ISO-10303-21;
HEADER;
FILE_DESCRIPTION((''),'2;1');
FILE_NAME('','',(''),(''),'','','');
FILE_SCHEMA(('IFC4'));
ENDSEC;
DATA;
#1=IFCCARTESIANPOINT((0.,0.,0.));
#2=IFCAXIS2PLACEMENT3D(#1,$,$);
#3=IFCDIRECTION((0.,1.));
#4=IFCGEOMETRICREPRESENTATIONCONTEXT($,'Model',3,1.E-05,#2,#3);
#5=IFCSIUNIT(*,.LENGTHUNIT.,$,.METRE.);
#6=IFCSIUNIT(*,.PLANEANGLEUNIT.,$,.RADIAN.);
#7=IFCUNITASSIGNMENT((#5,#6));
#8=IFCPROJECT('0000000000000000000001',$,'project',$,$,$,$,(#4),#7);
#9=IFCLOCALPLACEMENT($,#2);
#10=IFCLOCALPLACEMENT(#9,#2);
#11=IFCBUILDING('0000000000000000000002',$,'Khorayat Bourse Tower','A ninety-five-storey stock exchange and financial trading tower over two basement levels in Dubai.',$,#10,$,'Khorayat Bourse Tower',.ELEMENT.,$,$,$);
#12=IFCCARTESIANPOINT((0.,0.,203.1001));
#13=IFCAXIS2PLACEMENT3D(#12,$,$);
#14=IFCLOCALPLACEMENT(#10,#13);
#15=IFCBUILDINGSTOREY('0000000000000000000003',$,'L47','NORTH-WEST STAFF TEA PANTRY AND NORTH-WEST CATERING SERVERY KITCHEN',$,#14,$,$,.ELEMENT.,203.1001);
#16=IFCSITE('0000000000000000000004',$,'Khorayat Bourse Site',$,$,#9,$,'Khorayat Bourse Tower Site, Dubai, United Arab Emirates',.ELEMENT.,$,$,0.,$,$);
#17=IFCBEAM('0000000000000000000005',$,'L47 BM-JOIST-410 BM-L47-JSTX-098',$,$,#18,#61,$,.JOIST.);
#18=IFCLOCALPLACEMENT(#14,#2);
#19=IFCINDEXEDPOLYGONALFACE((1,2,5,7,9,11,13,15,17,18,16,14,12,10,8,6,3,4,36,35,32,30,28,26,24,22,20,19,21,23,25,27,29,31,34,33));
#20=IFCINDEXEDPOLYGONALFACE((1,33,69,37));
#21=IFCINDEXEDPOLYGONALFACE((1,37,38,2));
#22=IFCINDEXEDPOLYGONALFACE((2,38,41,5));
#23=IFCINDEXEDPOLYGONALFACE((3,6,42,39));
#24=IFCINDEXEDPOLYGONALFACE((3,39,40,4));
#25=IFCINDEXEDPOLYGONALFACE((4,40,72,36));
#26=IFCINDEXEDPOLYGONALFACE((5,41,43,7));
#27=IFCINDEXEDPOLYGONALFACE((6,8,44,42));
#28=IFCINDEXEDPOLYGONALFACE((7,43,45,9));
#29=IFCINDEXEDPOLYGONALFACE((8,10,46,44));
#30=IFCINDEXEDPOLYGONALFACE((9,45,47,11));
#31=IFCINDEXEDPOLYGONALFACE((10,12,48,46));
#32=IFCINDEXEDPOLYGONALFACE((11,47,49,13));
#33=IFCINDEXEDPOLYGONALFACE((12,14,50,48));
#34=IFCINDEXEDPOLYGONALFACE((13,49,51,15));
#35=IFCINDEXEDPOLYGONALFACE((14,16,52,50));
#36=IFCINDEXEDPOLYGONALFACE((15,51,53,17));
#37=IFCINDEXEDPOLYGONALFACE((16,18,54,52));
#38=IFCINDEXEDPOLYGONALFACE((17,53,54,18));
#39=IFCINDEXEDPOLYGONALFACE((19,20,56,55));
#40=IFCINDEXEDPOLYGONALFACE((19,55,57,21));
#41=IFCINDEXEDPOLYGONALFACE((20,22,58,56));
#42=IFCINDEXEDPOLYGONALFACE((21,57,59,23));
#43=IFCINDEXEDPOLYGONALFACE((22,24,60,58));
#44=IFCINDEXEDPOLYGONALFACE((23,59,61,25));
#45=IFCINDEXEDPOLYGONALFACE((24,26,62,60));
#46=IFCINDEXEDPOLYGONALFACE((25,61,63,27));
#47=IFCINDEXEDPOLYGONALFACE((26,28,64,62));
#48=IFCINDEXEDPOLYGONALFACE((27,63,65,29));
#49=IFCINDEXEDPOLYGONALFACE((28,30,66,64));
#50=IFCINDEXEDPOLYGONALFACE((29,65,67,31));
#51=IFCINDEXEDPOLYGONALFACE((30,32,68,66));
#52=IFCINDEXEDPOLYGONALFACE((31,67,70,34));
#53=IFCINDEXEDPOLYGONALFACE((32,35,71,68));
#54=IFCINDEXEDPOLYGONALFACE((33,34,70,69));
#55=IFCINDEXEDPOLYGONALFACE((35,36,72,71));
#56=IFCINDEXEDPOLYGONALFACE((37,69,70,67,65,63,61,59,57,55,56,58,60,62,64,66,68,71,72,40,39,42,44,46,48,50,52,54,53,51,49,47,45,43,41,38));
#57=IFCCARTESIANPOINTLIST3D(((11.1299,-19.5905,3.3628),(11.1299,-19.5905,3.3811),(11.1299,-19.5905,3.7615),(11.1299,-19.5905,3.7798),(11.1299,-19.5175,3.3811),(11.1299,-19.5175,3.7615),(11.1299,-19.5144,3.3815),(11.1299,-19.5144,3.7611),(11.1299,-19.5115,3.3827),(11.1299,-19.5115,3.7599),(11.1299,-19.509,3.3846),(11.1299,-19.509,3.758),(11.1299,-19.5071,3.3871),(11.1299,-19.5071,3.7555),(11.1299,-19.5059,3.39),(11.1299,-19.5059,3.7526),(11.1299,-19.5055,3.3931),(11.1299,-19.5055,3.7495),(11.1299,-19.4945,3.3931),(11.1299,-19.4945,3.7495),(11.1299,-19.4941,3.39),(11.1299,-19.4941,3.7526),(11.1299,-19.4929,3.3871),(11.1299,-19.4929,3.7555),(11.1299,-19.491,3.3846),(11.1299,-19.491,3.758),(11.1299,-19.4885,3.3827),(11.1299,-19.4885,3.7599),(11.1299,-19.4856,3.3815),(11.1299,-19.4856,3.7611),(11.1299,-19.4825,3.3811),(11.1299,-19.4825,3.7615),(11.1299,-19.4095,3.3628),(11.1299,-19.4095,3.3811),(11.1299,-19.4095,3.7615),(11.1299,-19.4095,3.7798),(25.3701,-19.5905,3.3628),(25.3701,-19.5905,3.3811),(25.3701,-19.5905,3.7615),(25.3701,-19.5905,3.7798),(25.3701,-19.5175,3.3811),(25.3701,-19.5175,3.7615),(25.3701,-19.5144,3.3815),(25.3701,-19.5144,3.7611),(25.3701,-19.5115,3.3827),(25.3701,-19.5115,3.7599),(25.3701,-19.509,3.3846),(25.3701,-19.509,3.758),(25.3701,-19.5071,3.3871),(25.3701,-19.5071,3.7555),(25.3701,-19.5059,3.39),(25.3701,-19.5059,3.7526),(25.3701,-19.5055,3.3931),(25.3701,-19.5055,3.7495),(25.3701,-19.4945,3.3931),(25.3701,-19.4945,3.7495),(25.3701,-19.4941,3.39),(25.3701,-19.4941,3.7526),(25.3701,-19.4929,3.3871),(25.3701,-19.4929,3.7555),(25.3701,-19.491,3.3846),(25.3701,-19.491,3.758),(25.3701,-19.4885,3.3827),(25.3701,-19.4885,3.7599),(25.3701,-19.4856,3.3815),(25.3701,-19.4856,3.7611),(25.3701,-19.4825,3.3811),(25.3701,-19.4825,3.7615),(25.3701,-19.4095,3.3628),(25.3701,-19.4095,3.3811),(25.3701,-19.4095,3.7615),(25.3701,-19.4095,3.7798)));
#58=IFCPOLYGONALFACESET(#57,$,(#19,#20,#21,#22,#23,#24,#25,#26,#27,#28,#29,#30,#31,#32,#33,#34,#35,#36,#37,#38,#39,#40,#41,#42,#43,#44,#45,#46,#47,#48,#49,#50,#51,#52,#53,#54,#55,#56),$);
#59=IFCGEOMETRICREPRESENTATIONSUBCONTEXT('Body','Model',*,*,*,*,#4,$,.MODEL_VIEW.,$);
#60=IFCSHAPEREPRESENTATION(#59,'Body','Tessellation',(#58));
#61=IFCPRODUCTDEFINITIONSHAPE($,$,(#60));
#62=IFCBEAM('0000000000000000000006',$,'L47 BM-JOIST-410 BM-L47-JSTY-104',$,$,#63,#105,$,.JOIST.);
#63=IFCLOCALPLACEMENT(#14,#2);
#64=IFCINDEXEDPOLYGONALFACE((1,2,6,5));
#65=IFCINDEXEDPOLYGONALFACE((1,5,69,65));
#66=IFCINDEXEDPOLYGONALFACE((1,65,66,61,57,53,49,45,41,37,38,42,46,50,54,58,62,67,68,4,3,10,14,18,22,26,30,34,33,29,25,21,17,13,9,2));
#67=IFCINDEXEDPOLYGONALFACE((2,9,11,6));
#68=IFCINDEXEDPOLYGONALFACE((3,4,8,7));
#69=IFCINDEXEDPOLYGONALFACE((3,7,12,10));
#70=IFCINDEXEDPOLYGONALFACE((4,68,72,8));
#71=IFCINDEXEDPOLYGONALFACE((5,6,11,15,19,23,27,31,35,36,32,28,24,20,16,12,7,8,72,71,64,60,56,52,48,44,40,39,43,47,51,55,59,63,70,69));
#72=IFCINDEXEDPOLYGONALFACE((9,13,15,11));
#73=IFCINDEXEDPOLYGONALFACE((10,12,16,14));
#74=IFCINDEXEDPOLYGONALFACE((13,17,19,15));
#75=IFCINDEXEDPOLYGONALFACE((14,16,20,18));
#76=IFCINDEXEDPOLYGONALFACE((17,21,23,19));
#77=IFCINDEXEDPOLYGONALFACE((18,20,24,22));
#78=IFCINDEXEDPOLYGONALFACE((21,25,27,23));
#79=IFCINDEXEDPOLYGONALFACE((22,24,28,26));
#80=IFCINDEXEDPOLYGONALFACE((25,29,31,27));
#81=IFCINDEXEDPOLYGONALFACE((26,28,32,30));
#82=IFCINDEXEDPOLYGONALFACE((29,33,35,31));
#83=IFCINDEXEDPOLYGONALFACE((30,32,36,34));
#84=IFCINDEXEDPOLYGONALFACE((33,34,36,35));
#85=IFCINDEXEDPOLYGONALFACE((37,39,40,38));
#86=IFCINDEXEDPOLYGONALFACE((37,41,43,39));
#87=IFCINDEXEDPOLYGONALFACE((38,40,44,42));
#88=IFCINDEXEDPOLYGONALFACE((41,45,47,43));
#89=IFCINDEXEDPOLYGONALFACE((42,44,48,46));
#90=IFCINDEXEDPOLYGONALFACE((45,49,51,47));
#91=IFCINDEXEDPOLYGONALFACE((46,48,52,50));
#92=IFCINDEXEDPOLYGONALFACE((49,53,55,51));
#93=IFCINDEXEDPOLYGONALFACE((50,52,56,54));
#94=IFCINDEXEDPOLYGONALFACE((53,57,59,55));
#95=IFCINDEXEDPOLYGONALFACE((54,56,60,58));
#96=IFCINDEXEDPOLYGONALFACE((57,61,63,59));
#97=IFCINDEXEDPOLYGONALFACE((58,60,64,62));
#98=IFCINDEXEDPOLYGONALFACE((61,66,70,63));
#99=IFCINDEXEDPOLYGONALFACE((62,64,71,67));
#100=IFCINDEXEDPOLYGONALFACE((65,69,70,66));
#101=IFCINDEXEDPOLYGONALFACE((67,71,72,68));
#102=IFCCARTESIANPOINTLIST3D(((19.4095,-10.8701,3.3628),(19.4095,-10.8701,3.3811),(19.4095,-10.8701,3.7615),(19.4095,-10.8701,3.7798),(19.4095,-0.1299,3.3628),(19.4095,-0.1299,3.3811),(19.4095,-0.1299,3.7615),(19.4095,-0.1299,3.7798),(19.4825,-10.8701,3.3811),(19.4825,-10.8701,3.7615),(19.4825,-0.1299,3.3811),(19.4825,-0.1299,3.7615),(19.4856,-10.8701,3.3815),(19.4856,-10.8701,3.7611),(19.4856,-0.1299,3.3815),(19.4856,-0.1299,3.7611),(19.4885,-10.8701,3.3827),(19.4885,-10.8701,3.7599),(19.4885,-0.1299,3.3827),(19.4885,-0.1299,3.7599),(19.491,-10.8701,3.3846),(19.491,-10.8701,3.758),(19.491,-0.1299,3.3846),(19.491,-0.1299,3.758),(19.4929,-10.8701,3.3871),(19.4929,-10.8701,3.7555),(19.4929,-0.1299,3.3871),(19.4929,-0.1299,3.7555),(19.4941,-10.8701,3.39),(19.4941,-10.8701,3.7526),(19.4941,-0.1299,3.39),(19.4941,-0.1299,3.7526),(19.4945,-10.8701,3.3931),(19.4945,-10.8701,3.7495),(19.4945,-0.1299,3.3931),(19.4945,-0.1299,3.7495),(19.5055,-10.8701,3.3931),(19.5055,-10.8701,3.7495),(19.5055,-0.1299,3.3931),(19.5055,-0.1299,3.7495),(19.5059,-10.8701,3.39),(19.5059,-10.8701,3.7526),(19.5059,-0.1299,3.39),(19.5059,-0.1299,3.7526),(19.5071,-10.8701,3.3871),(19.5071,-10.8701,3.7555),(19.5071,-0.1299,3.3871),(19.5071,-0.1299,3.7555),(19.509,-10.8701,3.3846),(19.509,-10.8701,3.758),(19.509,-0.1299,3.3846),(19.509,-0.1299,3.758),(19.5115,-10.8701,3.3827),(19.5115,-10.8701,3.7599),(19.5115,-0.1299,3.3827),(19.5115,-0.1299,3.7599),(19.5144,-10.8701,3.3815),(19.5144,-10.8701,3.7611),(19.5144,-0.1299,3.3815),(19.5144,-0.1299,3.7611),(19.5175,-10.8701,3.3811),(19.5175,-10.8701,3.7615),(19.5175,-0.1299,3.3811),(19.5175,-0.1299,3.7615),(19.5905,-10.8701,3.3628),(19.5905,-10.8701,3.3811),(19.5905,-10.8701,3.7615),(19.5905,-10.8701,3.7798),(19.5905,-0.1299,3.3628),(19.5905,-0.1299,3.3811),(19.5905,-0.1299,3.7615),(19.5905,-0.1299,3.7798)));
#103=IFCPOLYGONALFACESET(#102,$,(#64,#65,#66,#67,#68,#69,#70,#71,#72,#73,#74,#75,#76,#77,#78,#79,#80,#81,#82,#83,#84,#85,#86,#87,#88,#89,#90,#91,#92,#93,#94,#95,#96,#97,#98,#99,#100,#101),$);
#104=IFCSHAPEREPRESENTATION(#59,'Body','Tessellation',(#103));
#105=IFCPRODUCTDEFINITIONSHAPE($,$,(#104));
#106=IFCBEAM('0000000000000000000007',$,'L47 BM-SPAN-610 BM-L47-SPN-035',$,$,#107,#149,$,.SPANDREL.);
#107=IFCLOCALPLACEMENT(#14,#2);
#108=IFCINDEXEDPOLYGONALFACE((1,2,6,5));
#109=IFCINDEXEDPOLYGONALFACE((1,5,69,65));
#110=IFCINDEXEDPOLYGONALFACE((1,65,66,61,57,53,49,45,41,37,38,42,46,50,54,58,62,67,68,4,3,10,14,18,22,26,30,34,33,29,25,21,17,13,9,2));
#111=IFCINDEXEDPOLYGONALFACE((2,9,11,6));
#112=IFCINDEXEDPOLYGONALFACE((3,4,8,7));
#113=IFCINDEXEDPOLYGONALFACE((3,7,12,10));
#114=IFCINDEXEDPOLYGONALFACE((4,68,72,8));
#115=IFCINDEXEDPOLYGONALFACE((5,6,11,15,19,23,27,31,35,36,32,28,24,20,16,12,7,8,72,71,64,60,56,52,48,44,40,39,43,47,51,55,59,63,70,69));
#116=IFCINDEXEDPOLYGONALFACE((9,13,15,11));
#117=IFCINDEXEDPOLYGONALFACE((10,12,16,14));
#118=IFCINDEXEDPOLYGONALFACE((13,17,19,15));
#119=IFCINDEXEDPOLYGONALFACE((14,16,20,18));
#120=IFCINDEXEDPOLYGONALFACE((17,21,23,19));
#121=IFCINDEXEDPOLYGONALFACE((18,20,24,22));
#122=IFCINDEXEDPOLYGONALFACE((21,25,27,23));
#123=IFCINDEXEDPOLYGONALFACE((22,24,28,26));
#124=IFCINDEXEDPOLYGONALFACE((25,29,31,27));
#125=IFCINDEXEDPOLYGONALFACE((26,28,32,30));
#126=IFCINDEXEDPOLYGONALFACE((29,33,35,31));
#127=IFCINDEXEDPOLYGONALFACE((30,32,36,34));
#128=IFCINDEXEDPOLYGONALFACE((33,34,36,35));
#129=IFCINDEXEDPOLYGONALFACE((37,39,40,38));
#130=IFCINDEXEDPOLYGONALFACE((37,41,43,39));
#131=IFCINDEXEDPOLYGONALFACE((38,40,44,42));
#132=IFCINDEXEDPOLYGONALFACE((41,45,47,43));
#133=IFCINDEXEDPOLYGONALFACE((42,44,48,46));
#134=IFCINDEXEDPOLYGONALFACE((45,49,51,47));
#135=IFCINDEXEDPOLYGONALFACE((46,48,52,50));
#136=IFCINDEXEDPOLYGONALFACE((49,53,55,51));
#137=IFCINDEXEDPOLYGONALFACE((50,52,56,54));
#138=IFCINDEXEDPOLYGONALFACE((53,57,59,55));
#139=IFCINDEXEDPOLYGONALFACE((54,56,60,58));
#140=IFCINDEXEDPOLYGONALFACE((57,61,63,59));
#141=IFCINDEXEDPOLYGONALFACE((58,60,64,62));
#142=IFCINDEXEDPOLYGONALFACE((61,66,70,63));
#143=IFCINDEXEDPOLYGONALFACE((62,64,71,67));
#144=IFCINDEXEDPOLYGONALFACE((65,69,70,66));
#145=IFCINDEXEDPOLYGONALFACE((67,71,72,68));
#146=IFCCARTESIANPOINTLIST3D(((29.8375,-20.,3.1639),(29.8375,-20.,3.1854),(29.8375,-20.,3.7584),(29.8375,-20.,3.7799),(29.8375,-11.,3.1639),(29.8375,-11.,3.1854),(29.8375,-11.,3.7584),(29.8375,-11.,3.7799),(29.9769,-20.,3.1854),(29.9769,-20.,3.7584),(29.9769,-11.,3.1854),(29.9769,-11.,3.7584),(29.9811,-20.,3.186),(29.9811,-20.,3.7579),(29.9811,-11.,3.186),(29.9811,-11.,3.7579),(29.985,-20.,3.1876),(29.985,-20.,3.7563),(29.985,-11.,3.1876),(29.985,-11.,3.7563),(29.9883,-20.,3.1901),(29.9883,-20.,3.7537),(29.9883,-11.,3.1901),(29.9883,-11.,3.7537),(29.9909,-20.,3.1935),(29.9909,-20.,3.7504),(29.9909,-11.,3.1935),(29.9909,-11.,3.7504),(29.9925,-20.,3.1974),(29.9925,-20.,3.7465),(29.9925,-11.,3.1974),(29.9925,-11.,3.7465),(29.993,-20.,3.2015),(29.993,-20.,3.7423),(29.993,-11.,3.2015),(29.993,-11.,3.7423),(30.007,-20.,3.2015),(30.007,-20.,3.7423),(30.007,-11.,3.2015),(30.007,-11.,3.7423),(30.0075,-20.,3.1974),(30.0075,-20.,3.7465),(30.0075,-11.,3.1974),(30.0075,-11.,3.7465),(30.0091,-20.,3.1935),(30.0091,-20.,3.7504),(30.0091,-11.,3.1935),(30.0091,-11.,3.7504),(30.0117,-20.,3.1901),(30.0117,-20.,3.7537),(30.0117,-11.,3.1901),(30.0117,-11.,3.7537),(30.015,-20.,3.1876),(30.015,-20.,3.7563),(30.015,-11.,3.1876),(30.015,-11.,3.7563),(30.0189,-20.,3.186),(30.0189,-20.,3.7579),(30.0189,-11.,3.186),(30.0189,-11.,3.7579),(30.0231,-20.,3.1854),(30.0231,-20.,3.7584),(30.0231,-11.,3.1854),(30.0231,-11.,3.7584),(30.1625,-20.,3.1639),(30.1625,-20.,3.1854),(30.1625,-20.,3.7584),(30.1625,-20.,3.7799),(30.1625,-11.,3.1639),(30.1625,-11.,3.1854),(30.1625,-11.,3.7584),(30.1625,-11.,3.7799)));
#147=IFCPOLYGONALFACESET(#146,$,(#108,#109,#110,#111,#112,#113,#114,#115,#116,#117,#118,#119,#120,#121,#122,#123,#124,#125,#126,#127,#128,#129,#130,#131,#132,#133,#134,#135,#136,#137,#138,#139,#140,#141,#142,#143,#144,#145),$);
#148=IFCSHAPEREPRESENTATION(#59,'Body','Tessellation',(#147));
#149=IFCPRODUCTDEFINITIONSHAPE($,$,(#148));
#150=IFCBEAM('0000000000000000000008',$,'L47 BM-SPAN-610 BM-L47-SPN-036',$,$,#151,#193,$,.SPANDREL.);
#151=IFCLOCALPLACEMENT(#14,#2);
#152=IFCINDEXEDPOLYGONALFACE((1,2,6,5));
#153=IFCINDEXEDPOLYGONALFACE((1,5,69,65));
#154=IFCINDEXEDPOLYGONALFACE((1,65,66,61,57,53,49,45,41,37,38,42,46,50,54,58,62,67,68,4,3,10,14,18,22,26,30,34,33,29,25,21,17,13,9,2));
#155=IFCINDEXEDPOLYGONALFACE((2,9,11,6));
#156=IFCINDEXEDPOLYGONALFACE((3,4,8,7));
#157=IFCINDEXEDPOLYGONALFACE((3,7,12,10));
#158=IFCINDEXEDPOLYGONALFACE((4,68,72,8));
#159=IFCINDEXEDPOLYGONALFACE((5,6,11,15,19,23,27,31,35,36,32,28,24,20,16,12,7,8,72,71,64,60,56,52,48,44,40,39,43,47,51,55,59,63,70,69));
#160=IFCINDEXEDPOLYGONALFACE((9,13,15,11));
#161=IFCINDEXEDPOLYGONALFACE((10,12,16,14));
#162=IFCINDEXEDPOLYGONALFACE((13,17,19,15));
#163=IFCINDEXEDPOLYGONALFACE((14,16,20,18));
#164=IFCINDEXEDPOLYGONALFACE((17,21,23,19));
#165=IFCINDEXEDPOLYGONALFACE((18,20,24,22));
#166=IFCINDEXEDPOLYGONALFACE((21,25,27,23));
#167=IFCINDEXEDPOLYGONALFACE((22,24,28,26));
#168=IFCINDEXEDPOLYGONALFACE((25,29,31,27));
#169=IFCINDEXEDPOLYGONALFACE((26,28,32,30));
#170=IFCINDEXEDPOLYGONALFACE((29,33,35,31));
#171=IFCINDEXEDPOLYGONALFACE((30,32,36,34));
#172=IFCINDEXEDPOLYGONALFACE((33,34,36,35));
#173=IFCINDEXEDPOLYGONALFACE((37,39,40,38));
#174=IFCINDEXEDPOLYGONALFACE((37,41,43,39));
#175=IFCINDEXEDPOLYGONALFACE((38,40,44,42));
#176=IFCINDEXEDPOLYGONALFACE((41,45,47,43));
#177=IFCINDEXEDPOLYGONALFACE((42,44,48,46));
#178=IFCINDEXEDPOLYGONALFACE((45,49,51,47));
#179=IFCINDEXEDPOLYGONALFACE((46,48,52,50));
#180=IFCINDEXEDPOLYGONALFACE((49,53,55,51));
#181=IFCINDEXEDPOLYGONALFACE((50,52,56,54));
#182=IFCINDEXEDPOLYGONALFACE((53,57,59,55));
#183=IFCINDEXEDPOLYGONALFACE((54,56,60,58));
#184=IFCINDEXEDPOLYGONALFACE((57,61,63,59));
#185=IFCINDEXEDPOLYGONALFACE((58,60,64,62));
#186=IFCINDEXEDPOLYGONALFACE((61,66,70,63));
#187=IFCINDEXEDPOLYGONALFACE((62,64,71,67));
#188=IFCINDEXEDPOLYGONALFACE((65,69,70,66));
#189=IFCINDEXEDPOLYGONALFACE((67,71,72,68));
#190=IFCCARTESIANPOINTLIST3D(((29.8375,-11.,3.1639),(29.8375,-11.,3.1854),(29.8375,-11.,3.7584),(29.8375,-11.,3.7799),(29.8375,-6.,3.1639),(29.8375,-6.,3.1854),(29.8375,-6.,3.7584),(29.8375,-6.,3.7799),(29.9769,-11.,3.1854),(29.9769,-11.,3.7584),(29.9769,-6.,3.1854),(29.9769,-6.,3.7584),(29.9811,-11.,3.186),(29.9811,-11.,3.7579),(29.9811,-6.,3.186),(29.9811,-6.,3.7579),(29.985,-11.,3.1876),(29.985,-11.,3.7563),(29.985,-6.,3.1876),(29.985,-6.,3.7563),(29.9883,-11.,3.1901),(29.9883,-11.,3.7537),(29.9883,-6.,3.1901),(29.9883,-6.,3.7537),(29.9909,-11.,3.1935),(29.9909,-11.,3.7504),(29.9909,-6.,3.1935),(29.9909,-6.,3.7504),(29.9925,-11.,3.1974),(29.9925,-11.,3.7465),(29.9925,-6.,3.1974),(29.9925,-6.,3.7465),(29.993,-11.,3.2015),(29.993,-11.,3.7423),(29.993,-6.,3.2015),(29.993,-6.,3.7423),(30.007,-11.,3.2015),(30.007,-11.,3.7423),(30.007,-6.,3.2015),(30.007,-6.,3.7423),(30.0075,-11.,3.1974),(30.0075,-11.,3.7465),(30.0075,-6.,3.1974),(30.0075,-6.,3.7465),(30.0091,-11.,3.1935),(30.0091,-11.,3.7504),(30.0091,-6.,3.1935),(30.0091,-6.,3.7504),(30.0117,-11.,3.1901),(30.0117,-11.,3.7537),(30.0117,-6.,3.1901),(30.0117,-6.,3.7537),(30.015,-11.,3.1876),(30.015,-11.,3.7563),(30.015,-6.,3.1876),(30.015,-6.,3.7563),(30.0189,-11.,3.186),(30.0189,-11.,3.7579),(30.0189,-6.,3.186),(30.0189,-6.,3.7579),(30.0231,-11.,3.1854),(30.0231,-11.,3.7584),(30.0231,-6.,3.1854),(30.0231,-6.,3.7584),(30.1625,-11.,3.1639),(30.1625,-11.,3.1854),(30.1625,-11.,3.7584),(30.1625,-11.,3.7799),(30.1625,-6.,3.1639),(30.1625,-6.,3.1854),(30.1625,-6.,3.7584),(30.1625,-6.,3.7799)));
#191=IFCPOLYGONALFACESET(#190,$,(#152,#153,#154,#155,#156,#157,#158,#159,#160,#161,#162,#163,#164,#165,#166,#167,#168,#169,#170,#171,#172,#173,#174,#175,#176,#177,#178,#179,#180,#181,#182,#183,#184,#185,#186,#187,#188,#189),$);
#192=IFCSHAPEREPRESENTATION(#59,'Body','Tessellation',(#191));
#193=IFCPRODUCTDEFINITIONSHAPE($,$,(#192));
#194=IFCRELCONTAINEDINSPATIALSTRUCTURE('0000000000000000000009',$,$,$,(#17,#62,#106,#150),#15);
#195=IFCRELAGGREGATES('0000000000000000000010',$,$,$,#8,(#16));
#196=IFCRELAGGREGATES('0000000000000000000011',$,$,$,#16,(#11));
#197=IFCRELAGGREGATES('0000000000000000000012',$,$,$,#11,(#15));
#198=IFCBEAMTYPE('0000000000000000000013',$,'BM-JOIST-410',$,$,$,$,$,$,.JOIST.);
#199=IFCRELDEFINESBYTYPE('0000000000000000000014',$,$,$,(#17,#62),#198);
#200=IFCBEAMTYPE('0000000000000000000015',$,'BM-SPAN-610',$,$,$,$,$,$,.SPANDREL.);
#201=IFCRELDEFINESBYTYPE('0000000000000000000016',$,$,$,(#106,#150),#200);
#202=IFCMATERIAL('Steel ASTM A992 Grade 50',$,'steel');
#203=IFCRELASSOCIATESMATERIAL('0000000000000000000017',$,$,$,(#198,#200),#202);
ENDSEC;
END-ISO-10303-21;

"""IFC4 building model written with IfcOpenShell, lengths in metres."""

from ifc_helpers import new_model, si_unit, direction, frame, origin, origin_2d, place, context, subcontext, project, spatial, i_section, extrude, source, transform, mapped, material, material_profile, profile_set, type_object, element, save


model = new_model("IFC4")

# Units and contexts
model_context = context("Model", 3, precision=1e-05, world=origin(), true_north=direction((0.0, 1.0)))
body_context = subcontext(model_context, "Body", "Model", "MODEL_VIEW")
ifc_project = project(units=[si_unit("LENGTHUNIT", "METRE"), si_unit("PLANEANGLEUNIT", "RADIAN")], contexts=[model_context])

# Site, building, storey
site_placement = place(None, origin())
site = spatial("IfcSite", under=ifc_project, at=site_placement, Name="Khorayat Bourse Site", LongName="Khorayat Bourse Tower Site, Dubai, United Arab Emirates", CompositionType="ELEMENT", RefElevation=0.0)
building_placement = place(site_placement, origin())
building = spatial("IfcBuilding", under=site, at=building_placement, Name="Khorayat Bourse Tower", Description="A ninety-five-storey stock exchange and financial trading tower over two basement levels in Dubai.", LongName="Khorayat Bourse Tower", CompositionType="ELEMENT")
storey_placement = place(building_placement, frame((0.0, 0.0, 203.1001)))
storey = spatial("IfcBuildingStorey", under=building, at=storey_placement, Name="L47", Description="NORTH-WEST STAFF TEA PANTRY AND NORTH-WEST CATERING SERVERY KITCHEN", CompositionType="ELEMENT", Elevation=203.1001)

# Beams
ifc_material_1 = material(Name="Steel ASTM A992 Grade 50", Category="steel")
ifc_material_profile_1 = material_profile(ifc_material_1, i_section(OverallWidth=0.1809, OverallDepth=0.417, WebThickness=0.011, FlangeThickness=0.0183, FilletRadius=0.012, at=origin_2d()), Name="W410X85")
ifc_profile_set_1 = profile_set([ifc_material_profile_1], Name="Steel ASTM A992 Grade 50")
beam_type_1 = type_object("IfcBeamType", Name="BM-JOIST-410", PredefinedType="JOIST", material=ifc_profile_set_1)
shared_shape_1 = source(origin(), body_context, "Body", "SweptSolid", [
    extrude(i_section(OverallWidth=0.1809, OverallDepth=0.417, WebThickness=0.011, FlangeThickness=0.0183, FilletRadius=0.012, at=origin_2d()), origin(), (0.0, 0.0, 1.0), 14.2402),
])
beam_1_placement = place(storey_placement, frame((11.1299, -19.5, 3.5713), z_axis=(1.0, 0.0, 0.0), x_axis=(0.0, 1.0, 0.0)))
element("IfcBeam", 1, at=beam_1_placement, inside=storey, type_object=beam_type_1, Name="L47 BM-JOIST-410 BM-L47-JSTX-098", PredefinedType="JOIST", context=body_context, shape_type="MappedRepresentation", body=[
    mapped(shared_shape_1, transform((0.0, 0.0, 0.0), scale=1.0)),
])
shared_shape_2 = source(origin(), body_context, "Body", "SweptSolid", [
    extrude(i_section(OverallWidth=0.1809, OverallDepth=0.417, WebThickness=0.011, FlangeThickness=0.0183, FilletRadius=0.012, at=origin_2d()), origin(), (0.0, 0.0, 1.0), 10.7402),
])
beam_2_placement = place(storey_placement, frame((19.5, -10.8701, 3.5713), z_axis=(0.0, 1.0, 0.0), x_axis=(-1.0, 0.0, 0.0)))
element("IfcBeam", 2, at=beam_2_placement, inside=storey, type_object=beam_type_1, Name="L47 BM-JOIST-410 BM-L47-JSTY-104", PredefinedType="JOIST", context=body_context, shape_type="MappedRepresentation", body=[
    mapped(shared_shape_2, transform((0.0, 0.0, 0.0), scale=1.0)),
])
ifc_material_profile_2 = material_profile(ifc_material_1, i_section(OverallWidth=0.325, OverallDepth=0.616, WebThickness=0.0139, FlangeThickness=0.0215, FilletRadius=0.0161, at=origin_2d()), Name="W610X174")
ifc_profile_set_2 = profile_set([ifc_material_profile_2], Name="Steel ASTM A992 Grade 50")
beam_type_2 = type_object("IfcBeamType", Name="BM-SPAN-610", PredefinedType="SPANDREL", material=ifc_profile_set_2)
shared_shape_3 = source(origin(), body_context, "Body", "SweptSolid", [
    extrude(i_section(OverallWidth=0.325, OverallDepth=0.616, WebThickness=0.0139, FlangeThickness=0.0215, FilletRadius=0.0161, at=origin_2d()), origin(), (0.0, 0.0, 1.0), 9.0),
])
beam_3_placement = place(storey_placement, frame((30.0, -20.0, 3.4719), z_axis=(0.0, 1.0, 0.0), x_axis=(-1.0, 0.0, 0.0)))
element("IfcBeam", 3, at=beam_3_placement, inside=storey, type_object=beam_type_2, Name="L47 BM-SPAN-610 BM-L47-SPN-035", PredefinedType="SPANDREL", context=body_context, shape_type="MappedRepresentation", body=[
    mapped(shared_shape_3, transform((0.0, 0.0, 0.0), scale=1.0)),
])
shared_shape_4 = source(origin(), body_context, "Body", "SweptSolid", [
    extrude(i_section(OverallWidth=0.325, OverallDepth=0.616, WebThickness=0.0139, FlangeThickness=0.0215, FilletRadius=0.0161, at=origin_2d()), origin(), (0.0, 0.0, 1.0), 5.0),
])
beam_4_placement = place(storey_placement, frame((30.0, -11.0, 3.4719), z_axis=(0.0, 1.0, 0.0), x_axis=(-1.0, 0.0, 0.0)))
element("IfcBeam", 4, at=beam_4_placement, inside=storey, type_object=beam_type_2, Name="L47 BM-SPAN-610 BM-L47-SPN-036", PredefinedType="SPANDREL", context=body_context, shape_type="MappedRepresentation", body=[
    mapped(shared_shape_4, transform((0.0, 0.0, 0.0), scale=1.0)),
])

save(model, "model.ifc")
